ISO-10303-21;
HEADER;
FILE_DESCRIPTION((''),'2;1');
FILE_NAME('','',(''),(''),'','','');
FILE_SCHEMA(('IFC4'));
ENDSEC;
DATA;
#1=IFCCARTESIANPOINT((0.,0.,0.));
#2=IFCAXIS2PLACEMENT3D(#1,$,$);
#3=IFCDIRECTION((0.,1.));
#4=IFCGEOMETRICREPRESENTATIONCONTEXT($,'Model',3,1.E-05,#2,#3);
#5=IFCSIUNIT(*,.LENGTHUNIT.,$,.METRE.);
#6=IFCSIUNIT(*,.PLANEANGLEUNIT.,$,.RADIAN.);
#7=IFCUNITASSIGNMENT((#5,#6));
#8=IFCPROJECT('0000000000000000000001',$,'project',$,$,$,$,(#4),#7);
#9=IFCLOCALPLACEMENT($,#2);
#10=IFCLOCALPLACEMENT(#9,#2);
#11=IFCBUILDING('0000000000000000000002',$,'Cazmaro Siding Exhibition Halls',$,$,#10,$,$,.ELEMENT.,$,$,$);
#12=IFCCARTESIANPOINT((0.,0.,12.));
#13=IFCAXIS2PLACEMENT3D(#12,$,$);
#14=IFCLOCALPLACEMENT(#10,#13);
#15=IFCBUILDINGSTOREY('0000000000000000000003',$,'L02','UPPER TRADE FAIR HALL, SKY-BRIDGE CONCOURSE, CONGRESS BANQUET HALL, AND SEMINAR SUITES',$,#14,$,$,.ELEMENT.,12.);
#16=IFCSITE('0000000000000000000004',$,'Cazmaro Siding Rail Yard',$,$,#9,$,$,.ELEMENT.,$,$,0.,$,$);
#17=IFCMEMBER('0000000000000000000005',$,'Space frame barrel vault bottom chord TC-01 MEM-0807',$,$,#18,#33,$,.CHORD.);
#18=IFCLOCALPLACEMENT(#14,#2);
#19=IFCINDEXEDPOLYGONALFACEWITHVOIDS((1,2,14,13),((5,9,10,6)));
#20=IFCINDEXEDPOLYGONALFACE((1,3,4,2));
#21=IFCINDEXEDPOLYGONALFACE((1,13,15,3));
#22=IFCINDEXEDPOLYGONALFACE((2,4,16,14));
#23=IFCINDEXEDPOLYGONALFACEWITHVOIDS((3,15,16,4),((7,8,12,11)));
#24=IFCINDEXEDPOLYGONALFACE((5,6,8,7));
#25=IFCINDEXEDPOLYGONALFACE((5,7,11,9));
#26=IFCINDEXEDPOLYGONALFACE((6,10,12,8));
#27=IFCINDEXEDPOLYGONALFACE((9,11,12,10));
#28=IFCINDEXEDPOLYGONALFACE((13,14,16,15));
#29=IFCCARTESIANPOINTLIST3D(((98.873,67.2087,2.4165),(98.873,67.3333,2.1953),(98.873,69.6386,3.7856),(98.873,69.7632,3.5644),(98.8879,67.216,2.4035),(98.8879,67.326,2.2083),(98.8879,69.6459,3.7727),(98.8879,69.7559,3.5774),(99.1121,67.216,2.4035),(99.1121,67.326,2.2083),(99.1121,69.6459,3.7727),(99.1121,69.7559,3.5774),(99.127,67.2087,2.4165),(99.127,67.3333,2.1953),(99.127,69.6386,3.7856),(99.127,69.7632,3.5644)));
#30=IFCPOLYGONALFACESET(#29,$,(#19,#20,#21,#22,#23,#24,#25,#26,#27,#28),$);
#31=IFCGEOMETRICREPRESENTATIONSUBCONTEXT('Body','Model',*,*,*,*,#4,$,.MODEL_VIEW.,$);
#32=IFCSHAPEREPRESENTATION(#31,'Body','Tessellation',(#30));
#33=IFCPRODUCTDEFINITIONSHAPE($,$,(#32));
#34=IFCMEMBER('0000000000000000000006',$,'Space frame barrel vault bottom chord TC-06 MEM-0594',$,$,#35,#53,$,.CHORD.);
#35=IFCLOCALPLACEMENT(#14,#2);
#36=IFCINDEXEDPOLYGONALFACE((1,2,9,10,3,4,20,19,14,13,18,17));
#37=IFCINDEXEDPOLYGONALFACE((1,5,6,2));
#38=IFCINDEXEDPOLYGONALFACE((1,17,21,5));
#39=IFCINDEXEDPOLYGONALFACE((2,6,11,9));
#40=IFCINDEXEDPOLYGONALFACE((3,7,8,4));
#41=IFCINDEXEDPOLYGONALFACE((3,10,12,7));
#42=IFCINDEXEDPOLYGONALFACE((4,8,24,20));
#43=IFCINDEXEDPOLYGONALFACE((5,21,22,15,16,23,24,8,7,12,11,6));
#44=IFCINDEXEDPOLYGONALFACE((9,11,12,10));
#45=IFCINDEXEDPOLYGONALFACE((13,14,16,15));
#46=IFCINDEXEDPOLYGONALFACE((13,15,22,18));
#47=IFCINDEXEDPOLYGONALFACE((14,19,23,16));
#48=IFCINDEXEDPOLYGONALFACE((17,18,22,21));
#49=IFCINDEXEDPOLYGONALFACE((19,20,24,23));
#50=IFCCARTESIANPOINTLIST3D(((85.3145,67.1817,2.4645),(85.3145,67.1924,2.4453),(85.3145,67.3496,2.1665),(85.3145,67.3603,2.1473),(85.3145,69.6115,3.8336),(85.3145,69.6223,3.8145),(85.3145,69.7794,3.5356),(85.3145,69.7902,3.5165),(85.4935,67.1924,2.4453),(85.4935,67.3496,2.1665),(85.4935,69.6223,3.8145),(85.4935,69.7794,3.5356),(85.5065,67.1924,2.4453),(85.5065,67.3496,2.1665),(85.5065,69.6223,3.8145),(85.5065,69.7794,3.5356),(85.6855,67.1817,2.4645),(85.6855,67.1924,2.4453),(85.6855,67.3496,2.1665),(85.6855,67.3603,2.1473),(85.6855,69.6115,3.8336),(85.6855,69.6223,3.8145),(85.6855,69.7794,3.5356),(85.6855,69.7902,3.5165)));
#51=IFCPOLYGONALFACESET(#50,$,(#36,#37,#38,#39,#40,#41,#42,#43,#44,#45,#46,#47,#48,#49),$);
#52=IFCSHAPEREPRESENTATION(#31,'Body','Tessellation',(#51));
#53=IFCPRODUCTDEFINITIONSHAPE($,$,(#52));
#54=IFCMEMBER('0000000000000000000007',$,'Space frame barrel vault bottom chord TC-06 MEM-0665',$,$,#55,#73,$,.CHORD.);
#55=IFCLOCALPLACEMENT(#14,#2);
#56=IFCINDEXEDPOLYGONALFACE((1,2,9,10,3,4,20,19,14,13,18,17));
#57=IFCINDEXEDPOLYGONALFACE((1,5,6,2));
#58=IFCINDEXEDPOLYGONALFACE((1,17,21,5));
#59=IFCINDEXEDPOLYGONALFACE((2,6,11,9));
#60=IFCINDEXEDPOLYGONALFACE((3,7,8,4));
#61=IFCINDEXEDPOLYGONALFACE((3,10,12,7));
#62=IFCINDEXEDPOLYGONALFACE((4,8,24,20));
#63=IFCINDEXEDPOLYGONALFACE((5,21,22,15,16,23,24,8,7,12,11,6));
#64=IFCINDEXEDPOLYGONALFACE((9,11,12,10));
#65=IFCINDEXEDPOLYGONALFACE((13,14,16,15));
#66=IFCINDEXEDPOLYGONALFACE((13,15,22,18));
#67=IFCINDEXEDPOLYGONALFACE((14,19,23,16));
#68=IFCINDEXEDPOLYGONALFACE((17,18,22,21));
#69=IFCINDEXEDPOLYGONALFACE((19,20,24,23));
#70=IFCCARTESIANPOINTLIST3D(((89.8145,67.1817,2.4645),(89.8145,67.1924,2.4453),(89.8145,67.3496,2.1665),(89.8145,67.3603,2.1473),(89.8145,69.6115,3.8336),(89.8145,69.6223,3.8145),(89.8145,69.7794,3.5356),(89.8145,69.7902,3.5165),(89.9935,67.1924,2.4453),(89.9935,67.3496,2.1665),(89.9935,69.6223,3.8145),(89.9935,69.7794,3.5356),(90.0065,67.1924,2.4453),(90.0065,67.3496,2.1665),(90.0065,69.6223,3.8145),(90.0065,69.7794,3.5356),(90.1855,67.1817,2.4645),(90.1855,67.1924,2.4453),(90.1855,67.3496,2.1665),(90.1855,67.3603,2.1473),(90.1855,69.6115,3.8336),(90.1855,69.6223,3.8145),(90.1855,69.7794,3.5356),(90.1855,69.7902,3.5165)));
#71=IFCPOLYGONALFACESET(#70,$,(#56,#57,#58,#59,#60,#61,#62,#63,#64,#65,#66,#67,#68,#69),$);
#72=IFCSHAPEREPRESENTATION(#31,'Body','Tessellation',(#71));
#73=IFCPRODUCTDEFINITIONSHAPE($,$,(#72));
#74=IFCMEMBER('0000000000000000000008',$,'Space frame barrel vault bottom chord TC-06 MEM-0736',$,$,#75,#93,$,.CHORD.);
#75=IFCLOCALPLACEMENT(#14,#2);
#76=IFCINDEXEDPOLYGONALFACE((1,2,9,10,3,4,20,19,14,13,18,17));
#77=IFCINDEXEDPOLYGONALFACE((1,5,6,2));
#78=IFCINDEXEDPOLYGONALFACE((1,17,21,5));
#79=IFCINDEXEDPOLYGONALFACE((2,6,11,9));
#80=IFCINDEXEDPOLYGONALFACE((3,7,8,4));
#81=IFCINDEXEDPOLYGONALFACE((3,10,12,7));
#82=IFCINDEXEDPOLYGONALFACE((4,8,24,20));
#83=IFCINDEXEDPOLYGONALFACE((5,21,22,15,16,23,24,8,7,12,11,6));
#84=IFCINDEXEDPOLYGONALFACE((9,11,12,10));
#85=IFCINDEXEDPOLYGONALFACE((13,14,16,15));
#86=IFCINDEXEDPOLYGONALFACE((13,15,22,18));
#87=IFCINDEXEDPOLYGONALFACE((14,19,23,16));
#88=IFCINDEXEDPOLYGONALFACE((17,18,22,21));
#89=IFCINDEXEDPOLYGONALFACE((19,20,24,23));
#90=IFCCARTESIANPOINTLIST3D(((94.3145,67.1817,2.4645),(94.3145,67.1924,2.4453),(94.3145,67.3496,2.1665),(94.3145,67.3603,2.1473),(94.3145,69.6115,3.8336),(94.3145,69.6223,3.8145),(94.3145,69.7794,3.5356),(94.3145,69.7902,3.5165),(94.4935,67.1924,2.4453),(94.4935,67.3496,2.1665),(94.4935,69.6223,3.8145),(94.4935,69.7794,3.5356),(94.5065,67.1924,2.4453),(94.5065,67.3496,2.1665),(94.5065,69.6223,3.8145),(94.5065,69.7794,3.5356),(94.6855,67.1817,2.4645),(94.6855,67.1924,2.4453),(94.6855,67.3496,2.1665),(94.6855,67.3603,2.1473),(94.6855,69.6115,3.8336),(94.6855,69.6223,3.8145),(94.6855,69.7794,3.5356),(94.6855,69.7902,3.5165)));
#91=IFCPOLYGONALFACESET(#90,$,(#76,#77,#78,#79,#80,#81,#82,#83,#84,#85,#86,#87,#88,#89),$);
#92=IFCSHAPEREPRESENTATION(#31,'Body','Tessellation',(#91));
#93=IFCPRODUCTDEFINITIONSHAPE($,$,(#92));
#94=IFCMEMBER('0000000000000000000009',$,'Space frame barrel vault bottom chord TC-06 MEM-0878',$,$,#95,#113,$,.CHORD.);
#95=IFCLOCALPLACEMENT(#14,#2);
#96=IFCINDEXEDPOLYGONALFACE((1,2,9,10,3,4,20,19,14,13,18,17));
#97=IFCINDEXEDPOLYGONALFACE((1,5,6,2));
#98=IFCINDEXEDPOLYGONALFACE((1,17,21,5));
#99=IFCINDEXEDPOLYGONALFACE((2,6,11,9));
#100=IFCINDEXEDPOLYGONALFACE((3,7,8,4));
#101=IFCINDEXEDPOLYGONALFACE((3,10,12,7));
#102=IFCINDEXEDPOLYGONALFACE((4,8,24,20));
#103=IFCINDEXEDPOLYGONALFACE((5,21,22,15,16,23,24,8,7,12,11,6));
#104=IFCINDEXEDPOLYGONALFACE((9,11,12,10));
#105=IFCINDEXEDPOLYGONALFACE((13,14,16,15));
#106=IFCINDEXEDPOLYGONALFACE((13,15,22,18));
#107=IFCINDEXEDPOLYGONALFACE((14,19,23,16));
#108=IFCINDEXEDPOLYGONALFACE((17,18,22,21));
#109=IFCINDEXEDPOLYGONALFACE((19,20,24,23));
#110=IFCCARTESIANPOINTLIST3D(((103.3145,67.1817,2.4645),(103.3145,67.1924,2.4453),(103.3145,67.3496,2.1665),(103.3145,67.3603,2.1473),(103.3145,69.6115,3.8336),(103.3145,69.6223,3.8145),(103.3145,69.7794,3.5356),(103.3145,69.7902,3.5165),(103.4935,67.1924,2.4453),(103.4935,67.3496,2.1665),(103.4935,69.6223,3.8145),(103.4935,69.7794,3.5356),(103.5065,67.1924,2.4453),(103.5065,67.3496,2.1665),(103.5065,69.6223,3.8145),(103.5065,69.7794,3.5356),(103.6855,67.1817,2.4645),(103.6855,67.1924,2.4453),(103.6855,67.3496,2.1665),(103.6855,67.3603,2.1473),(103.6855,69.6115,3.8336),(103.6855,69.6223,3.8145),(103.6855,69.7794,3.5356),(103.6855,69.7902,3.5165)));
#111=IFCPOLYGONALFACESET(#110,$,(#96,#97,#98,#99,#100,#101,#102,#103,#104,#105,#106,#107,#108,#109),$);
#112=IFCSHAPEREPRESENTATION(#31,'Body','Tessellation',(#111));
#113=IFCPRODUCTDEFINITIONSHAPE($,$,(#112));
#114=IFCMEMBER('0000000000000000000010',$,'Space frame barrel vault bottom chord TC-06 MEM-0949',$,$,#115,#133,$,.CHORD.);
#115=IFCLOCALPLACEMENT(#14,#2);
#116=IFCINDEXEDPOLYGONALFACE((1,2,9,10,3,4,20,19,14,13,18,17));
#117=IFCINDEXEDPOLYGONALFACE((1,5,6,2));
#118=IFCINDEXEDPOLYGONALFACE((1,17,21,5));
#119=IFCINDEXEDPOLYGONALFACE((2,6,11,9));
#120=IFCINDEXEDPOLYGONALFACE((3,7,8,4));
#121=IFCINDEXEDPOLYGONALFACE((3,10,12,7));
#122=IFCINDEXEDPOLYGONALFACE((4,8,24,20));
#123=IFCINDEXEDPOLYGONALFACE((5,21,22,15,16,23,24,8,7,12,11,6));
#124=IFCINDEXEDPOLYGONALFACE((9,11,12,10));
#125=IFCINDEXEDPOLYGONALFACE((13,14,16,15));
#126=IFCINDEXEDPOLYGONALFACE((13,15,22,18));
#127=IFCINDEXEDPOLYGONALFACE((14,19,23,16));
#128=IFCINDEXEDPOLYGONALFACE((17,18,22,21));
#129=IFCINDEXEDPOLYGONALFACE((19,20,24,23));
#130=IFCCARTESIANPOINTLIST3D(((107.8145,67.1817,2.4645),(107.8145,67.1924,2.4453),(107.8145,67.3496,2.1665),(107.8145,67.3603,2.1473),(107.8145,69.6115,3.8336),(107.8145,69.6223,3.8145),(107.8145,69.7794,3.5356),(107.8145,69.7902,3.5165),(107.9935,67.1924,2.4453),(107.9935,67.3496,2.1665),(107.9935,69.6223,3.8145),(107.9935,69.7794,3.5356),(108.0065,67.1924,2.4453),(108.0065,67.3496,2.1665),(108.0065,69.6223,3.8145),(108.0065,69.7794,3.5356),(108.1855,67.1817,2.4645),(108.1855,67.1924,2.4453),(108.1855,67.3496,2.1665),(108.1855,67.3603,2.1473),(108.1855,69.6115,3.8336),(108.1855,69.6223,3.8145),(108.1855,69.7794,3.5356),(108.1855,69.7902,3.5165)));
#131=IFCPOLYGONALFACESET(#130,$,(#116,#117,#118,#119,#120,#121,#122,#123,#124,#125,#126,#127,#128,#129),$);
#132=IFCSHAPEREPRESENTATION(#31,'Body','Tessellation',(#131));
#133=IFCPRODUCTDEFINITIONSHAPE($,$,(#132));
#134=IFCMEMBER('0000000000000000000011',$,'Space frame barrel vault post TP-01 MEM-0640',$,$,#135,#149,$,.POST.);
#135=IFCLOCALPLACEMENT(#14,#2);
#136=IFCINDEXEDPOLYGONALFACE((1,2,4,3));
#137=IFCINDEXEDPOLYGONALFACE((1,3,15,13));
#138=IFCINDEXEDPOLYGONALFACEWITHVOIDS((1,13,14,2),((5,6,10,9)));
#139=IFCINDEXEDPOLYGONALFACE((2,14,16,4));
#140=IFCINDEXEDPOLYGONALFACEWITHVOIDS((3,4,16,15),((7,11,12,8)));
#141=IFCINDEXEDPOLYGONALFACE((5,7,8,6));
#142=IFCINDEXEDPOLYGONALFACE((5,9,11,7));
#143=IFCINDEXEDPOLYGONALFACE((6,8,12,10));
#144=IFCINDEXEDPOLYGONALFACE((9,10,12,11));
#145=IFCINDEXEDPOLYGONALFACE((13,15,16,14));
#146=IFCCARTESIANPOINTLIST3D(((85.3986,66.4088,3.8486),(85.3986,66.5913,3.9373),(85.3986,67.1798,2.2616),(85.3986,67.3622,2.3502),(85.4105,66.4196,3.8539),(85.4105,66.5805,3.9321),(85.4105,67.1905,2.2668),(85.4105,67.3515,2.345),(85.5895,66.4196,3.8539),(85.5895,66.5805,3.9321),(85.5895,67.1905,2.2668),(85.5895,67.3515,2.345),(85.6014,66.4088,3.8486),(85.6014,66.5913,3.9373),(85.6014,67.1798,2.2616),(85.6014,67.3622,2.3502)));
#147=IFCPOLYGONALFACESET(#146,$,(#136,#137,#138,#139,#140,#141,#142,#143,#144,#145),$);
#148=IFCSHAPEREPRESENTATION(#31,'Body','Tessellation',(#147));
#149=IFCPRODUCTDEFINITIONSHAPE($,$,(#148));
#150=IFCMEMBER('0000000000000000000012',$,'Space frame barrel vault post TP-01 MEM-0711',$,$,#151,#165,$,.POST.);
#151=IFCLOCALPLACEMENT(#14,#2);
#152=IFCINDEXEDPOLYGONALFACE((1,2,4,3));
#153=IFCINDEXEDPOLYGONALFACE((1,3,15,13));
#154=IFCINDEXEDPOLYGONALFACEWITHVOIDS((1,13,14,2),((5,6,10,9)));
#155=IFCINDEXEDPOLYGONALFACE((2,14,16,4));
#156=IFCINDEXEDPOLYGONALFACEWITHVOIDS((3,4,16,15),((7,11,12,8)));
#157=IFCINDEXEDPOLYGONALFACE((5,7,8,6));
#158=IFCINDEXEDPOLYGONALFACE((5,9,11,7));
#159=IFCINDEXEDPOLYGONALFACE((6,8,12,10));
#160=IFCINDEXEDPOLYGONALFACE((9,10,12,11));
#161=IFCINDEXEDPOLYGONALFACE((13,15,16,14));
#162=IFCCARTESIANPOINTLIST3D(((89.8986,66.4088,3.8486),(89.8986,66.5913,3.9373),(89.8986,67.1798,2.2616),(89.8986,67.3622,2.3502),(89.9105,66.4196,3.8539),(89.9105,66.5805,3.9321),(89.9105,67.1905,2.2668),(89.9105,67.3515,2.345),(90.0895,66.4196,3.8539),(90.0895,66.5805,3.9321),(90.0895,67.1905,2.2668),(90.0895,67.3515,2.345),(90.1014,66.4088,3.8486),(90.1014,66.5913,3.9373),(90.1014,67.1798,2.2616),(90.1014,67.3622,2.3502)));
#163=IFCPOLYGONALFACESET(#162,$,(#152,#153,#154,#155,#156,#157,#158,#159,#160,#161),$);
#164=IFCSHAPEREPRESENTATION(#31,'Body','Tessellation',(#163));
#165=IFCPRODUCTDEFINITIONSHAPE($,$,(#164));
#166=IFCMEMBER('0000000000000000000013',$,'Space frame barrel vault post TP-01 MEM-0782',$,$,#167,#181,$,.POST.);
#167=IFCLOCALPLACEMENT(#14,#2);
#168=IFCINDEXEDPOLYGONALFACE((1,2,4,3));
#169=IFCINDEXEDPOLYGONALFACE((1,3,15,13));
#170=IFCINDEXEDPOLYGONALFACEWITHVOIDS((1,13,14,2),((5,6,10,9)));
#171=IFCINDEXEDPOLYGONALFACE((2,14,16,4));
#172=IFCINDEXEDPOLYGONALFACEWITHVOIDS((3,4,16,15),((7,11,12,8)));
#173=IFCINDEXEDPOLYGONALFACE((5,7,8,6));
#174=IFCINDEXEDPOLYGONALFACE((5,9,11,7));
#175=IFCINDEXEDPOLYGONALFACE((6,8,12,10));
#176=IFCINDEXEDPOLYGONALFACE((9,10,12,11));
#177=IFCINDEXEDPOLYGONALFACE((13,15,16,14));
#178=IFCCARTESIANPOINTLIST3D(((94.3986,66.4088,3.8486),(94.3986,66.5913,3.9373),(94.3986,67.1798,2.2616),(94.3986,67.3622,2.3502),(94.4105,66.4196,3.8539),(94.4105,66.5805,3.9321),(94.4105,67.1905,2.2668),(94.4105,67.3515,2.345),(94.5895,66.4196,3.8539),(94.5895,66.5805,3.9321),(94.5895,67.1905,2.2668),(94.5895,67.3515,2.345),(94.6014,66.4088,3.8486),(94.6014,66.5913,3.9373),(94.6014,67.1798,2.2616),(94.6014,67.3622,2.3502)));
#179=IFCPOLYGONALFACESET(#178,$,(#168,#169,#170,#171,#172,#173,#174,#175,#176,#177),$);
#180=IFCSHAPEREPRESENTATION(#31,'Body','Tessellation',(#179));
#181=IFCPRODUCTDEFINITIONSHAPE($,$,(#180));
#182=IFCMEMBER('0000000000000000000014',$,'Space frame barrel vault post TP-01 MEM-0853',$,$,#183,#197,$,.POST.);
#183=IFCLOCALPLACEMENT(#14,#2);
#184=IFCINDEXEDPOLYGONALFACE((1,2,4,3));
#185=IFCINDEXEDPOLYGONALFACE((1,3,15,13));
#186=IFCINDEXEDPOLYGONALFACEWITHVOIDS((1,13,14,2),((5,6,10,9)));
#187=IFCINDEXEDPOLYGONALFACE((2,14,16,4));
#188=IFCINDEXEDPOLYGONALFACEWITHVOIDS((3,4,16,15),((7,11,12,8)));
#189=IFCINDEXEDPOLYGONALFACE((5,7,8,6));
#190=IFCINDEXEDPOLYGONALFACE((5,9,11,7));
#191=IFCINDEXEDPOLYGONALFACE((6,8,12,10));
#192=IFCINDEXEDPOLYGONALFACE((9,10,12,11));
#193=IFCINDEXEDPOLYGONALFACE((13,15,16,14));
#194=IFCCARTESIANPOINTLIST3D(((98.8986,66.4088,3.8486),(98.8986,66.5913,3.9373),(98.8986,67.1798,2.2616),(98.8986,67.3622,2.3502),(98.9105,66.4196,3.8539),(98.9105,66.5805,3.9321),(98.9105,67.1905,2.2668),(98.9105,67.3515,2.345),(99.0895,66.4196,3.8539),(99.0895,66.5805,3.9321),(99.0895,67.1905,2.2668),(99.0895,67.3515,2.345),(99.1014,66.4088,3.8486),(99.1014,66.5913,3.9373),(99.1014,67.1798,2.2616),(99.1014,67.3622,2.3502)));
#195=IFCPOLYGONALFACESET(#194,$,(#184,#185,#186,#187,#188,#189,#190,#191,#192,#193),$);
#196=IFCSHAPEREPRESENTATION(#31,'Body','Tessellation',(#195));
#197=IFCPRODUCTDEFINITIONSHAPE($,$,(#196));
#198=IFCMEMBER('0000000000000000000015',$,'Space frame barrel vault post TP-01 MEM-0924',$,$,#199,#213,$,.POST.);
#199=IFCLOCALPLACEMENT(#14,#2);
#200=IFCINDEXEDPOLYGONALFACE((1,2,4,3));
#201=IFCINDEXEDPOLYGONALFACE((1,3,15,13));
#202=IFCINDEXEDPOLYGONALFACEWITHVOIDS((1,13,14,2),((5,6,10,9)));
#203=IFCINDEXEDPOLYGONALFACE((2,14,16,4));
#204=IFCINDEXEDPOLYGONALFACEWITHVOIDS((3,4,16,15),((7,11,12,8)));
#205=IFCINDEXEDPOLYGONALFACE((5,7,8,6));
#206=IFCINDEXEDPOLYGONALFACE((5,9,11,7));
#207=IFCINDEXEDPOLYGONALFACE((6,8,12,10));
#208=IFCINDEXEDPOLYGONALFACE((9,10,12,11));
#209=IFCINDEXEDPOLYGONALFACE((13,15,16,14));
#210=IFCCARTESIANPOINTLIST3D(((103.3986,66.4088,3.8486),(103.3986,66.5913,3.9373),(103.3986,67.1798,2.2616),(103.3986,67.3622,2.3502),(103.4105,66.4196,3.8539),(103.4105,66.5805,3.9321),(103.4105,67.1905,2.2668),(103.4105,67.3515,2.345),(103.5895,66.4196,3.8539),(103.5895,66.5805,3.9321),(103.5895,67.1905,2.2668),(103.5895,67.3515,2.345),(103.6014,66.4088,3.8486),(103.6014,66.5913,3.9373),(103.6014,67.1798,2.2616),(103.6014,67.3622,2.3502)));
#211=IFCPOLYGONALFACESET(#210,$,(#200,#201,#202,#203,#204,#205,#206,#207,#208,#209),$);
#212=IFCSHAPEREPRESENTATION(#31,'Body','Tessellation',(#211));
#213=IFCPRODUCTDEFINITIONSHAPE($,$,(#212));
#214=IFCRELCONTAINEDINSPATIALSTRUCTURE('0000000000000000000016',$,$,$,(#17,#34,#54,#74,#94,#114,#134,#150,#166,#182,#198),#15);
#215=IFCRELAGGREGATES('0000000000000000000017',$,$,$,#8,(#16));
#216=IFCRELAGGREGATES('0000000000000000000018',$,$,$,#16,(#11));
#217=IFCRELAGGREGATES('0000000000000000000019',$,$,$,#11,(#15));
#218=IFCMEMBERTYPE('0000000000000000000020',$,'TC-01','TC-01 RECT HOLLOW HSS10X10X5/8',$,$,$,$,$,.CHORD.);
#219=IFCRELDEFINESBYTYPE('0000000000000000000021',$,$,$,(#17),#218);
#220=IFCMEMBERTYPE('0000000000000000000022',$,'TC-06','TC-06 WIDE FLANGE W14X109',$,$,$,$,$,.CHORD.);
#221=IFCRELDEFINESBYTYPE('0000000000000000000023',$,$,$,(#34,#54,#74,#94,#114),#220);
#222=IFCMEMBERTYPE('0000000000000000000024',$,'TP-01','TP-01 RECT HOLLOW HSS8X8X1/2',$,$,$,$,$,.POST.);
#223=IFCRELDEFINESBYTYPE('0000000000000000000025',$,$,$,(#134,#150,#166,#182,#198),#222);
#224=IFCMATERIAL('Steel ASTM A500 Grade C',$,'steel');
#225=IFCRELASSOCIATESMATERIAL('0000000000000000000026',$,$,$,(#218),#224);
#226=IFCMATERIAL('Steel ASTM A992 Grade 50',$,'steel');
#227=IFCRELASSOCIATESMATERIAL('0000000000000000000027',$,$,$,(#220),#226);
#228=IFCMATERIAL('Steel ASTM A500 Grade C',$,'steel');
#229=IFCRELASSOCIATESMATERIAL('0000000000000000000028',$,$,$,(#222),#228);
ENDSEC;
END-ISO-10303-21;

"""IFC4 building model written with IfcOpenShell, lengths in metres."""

from ifc_helpers import new_model, si_unit, direction, frame, origin, origin_2d, place, context, subcontext, project, spatial, hollow_rectangle, i_section, extrude, material, material_profile, profile_set, type_object, element, save


model = new_model("IFC4")

# Units and contexts
model_context = context("Model", 3, precision=1e-05, world=origin(), true_north=direction((0.0, 1.0)))
body_context = subcontext(model_context, "Body", "Model", "MODEL_VIEW")
ifc_project = project(units=[si_unit("LENGTHUNIT", "METRE"), si_unit("PLANEANGLEUNIT", "RADIAN")], contexts=[model_context])

# Site, building, storey
site_placement = place(None, origin())
site = spatial("IfcSite", under=ifc_project, at=site_placement, Name="Cazmaro Siding Rail Yard", CompositionType="ELEMENT", RefElevation=0.0)
building_placement = place(site_placement, origin())
building = spatial("IfcBuilding", under=site, at=building_placement, Name="Cazmaro Siding Exhibition Halls", CompositionType="ELEMENT")
storey_placement = place(building_placement, frame((0.0, 0.0, 12.0)))
storey = spatial("IfcBuildingStorey", under=building, at=storey_placement, Name="L02", Description="UPPER TRADE FAIR HALL, SKY-BRIDGE CONCOURSE, CONGRESS BANQUET HALL, AND SEMINAR SUITES", CompositionType="ELEMENT", Elevation=12.0)

# Members
ifc_material_1 = material(Name="Steel ASTM A500 Grade C", Category="steel")
ifc_material_profile_1 = material_profile(ifc_material_1, hollow_rectangle(XDim=0.2539, YDim=0.2539, WallThickness=0.0149, at=origin_2d()), Name="HSS10X10X5/8")
ifc_profile_set_1 = profile_set([ifc_material_profile_1], Name="Steel ASTM A500 Grade C")
member_type_1 = type_object("IfcMemberType", Name="TC-01", Description="TC-01 RECT HOLLOW HSS10X10X5/8", PredefinedType="CHORD", material=ifc_profile_set_1)
member_placement = place(storey_placement, frame((99.0, 67.271, 2.3059), z_axis=(0.0, 0.871222, 0.490889), x_axis=(-1.0, 0.0, 0.0)))
element("IfcMember", 1, at=member_placement, inside=storey, type_object=member_type_1, Name="Space frame barrel vault bottom chord TC-01 MEM-0807", PredefinedType="CHORD", context=body_context, shape_type="SweptSolid", body=[
    extrude(hollow_rectangle(XDim=0.2539, YDim=0.2539, WallThickness=0.0149, at=origin_2d()), origin(), (0.0, 0.0, 1.0), 2.7891),
])
ifc_material_2 = material(Name="Steel ASTM A992 Grade 50", Category="steel")
ifc_material_profile_2 = material_profile(ifc_material_2, i_section(OverallWidth=0.3711, OverallDepth=0.364, WebThickness=0.0129, FlangeThickness=0.022, at=origin_2d()), Name="W14X109")
ifc_profile_set_2 = profile_set([ifc_material_profile_2], Name="Steel ASTM A992 Grade 50")
member_type_2 = type_object("IfcMemberType", Name="TC-06", Description="TC-06 WIDE FLANGE W14X109", PredefinedType="CHORD", material=ifc_profile_set_2)
for number, where, z_axis, x_axis, name in (
    (2, (85.5, 67.271, 2.3059), (0.0, 0.871222, 0.490889), (-1.0, 0.0, 0.0), "Space frame barrel vault bottom chord TC-06 MEM-0594"),
    (3, (90.0, 67.271, 2.3059), (0.0, 0.871222, 0.490889), (-1.0, 0.0, 0.0), "Space frame barrel vault bottom chord TC-06 MEM-0665"),
    (4, (94.5, 67.271, 2.3059), (0.0, 0.871222, 0.490889), (-1.0, 0.0, 0.0), "Space frame barrel vault bottom chord TC-06 MEM-0736"),
    (5, (103.5, 67.271, 2.3059), (0.0, 0.871222, 0.490889), (-1.0, 0.0, 0.0), "Space frame barrel vault bottom chord TC-06 MEM-0878"),
    (6, (108.0, 67.271, 2.3059), (0.0, 0.871222, 0.490889), (-1.0, 0.0, 0.0), "Space frame barrel vault bottom chord TC-06 MEM-0949"),
):
    element("IfcMember", number, at=place(storey_placement, frame(where, z_axis=z_axis, x_axis=x_axis)), inside=storey, type_object=member_type_2, Name=name, PredefinedType="CHORD", context=body_context, shape_type="SweptSolid", body=[
        extrude(i_section(OverallWidth=0.3711, OverallDepth=0.364, WebThickness=0.0129, FlangeThickness=0.022, at=origin_2d()), origin(), (0.0, 0.0, 1.0), 2.7891),
    ])
ifc_material_3 = material(Name="Steel ASTM A500 Grade C", Category="steel")
ifc_material_profile_3 = material_profile(ifc_material_3, hollow_rectangle(XDim=0.2029, YDim=0.2029, WallThickness=0.012, at=origin_2d()), Name="HSS8X8X1/2")
ifc_profile_set_3 = profile_set([ifc_material_profile_3], Name="Steel ASTM A500 Grade C")
member_type_3 = type_object("IfcMemberType", Name="TP-01", Description="TP-01 RECT HOLLOW HSS8X8X1/2", PredefinedType="POST", material=ifc_profile_set_3)
for number, where, z_axis, x_axis, name in (
    (7, (85.5, 67.271, 2.3059), (0.0, -0.436946, 0.899488), (1.0, 0.0, 0.0), "Space frame barrel vault post TP-01 MEM-0640"),
    (8, (90.0, 67.271, 2.3059), (0.0, -0.436946, 0.899488), (1.0, 0.0, 0.0), "Space frame barrel vault post TP-01 MEM-0711"),
    (9, (94.5, 67.271, 2.3059), (0.0, -0.436946, 0.899488), (1.0, 0.0, 0.0), "Space frame barrel vault post TP-01 MEM-0782"),
    (10, (99.0, 67.271, 2.3059), (0.0, -0.436946, 0.899488), (1.0, 0.0, 0.0), "Space frame barrel vault post TP-01 MEM-0853"),
    (11, (103.5, 67.271, 2.3059), (0.0, -0.436946, 0.899488), (1.0, 0.0, 0.0), "Space frame barrel vault post TP-01 MEM-0924"),
):
    element("IfcMember", number, at=place(storey_placement, frame(where, z_axis=z_axis, x_axis=x_axis)), inside=storey, type_object=member_type_3, Name=name, PredefinedType="POST", context=body_context, shape_type="SweptSolid", body=[
        extrude(hollow_rectangle(XDim=0.2029, YDim=0.2029, WallThickness=0.012, at=origin_2d()), origin(), (0.0, 0.0, 1.0), 1.7644),
    ])

save(model, "model.ifc")
